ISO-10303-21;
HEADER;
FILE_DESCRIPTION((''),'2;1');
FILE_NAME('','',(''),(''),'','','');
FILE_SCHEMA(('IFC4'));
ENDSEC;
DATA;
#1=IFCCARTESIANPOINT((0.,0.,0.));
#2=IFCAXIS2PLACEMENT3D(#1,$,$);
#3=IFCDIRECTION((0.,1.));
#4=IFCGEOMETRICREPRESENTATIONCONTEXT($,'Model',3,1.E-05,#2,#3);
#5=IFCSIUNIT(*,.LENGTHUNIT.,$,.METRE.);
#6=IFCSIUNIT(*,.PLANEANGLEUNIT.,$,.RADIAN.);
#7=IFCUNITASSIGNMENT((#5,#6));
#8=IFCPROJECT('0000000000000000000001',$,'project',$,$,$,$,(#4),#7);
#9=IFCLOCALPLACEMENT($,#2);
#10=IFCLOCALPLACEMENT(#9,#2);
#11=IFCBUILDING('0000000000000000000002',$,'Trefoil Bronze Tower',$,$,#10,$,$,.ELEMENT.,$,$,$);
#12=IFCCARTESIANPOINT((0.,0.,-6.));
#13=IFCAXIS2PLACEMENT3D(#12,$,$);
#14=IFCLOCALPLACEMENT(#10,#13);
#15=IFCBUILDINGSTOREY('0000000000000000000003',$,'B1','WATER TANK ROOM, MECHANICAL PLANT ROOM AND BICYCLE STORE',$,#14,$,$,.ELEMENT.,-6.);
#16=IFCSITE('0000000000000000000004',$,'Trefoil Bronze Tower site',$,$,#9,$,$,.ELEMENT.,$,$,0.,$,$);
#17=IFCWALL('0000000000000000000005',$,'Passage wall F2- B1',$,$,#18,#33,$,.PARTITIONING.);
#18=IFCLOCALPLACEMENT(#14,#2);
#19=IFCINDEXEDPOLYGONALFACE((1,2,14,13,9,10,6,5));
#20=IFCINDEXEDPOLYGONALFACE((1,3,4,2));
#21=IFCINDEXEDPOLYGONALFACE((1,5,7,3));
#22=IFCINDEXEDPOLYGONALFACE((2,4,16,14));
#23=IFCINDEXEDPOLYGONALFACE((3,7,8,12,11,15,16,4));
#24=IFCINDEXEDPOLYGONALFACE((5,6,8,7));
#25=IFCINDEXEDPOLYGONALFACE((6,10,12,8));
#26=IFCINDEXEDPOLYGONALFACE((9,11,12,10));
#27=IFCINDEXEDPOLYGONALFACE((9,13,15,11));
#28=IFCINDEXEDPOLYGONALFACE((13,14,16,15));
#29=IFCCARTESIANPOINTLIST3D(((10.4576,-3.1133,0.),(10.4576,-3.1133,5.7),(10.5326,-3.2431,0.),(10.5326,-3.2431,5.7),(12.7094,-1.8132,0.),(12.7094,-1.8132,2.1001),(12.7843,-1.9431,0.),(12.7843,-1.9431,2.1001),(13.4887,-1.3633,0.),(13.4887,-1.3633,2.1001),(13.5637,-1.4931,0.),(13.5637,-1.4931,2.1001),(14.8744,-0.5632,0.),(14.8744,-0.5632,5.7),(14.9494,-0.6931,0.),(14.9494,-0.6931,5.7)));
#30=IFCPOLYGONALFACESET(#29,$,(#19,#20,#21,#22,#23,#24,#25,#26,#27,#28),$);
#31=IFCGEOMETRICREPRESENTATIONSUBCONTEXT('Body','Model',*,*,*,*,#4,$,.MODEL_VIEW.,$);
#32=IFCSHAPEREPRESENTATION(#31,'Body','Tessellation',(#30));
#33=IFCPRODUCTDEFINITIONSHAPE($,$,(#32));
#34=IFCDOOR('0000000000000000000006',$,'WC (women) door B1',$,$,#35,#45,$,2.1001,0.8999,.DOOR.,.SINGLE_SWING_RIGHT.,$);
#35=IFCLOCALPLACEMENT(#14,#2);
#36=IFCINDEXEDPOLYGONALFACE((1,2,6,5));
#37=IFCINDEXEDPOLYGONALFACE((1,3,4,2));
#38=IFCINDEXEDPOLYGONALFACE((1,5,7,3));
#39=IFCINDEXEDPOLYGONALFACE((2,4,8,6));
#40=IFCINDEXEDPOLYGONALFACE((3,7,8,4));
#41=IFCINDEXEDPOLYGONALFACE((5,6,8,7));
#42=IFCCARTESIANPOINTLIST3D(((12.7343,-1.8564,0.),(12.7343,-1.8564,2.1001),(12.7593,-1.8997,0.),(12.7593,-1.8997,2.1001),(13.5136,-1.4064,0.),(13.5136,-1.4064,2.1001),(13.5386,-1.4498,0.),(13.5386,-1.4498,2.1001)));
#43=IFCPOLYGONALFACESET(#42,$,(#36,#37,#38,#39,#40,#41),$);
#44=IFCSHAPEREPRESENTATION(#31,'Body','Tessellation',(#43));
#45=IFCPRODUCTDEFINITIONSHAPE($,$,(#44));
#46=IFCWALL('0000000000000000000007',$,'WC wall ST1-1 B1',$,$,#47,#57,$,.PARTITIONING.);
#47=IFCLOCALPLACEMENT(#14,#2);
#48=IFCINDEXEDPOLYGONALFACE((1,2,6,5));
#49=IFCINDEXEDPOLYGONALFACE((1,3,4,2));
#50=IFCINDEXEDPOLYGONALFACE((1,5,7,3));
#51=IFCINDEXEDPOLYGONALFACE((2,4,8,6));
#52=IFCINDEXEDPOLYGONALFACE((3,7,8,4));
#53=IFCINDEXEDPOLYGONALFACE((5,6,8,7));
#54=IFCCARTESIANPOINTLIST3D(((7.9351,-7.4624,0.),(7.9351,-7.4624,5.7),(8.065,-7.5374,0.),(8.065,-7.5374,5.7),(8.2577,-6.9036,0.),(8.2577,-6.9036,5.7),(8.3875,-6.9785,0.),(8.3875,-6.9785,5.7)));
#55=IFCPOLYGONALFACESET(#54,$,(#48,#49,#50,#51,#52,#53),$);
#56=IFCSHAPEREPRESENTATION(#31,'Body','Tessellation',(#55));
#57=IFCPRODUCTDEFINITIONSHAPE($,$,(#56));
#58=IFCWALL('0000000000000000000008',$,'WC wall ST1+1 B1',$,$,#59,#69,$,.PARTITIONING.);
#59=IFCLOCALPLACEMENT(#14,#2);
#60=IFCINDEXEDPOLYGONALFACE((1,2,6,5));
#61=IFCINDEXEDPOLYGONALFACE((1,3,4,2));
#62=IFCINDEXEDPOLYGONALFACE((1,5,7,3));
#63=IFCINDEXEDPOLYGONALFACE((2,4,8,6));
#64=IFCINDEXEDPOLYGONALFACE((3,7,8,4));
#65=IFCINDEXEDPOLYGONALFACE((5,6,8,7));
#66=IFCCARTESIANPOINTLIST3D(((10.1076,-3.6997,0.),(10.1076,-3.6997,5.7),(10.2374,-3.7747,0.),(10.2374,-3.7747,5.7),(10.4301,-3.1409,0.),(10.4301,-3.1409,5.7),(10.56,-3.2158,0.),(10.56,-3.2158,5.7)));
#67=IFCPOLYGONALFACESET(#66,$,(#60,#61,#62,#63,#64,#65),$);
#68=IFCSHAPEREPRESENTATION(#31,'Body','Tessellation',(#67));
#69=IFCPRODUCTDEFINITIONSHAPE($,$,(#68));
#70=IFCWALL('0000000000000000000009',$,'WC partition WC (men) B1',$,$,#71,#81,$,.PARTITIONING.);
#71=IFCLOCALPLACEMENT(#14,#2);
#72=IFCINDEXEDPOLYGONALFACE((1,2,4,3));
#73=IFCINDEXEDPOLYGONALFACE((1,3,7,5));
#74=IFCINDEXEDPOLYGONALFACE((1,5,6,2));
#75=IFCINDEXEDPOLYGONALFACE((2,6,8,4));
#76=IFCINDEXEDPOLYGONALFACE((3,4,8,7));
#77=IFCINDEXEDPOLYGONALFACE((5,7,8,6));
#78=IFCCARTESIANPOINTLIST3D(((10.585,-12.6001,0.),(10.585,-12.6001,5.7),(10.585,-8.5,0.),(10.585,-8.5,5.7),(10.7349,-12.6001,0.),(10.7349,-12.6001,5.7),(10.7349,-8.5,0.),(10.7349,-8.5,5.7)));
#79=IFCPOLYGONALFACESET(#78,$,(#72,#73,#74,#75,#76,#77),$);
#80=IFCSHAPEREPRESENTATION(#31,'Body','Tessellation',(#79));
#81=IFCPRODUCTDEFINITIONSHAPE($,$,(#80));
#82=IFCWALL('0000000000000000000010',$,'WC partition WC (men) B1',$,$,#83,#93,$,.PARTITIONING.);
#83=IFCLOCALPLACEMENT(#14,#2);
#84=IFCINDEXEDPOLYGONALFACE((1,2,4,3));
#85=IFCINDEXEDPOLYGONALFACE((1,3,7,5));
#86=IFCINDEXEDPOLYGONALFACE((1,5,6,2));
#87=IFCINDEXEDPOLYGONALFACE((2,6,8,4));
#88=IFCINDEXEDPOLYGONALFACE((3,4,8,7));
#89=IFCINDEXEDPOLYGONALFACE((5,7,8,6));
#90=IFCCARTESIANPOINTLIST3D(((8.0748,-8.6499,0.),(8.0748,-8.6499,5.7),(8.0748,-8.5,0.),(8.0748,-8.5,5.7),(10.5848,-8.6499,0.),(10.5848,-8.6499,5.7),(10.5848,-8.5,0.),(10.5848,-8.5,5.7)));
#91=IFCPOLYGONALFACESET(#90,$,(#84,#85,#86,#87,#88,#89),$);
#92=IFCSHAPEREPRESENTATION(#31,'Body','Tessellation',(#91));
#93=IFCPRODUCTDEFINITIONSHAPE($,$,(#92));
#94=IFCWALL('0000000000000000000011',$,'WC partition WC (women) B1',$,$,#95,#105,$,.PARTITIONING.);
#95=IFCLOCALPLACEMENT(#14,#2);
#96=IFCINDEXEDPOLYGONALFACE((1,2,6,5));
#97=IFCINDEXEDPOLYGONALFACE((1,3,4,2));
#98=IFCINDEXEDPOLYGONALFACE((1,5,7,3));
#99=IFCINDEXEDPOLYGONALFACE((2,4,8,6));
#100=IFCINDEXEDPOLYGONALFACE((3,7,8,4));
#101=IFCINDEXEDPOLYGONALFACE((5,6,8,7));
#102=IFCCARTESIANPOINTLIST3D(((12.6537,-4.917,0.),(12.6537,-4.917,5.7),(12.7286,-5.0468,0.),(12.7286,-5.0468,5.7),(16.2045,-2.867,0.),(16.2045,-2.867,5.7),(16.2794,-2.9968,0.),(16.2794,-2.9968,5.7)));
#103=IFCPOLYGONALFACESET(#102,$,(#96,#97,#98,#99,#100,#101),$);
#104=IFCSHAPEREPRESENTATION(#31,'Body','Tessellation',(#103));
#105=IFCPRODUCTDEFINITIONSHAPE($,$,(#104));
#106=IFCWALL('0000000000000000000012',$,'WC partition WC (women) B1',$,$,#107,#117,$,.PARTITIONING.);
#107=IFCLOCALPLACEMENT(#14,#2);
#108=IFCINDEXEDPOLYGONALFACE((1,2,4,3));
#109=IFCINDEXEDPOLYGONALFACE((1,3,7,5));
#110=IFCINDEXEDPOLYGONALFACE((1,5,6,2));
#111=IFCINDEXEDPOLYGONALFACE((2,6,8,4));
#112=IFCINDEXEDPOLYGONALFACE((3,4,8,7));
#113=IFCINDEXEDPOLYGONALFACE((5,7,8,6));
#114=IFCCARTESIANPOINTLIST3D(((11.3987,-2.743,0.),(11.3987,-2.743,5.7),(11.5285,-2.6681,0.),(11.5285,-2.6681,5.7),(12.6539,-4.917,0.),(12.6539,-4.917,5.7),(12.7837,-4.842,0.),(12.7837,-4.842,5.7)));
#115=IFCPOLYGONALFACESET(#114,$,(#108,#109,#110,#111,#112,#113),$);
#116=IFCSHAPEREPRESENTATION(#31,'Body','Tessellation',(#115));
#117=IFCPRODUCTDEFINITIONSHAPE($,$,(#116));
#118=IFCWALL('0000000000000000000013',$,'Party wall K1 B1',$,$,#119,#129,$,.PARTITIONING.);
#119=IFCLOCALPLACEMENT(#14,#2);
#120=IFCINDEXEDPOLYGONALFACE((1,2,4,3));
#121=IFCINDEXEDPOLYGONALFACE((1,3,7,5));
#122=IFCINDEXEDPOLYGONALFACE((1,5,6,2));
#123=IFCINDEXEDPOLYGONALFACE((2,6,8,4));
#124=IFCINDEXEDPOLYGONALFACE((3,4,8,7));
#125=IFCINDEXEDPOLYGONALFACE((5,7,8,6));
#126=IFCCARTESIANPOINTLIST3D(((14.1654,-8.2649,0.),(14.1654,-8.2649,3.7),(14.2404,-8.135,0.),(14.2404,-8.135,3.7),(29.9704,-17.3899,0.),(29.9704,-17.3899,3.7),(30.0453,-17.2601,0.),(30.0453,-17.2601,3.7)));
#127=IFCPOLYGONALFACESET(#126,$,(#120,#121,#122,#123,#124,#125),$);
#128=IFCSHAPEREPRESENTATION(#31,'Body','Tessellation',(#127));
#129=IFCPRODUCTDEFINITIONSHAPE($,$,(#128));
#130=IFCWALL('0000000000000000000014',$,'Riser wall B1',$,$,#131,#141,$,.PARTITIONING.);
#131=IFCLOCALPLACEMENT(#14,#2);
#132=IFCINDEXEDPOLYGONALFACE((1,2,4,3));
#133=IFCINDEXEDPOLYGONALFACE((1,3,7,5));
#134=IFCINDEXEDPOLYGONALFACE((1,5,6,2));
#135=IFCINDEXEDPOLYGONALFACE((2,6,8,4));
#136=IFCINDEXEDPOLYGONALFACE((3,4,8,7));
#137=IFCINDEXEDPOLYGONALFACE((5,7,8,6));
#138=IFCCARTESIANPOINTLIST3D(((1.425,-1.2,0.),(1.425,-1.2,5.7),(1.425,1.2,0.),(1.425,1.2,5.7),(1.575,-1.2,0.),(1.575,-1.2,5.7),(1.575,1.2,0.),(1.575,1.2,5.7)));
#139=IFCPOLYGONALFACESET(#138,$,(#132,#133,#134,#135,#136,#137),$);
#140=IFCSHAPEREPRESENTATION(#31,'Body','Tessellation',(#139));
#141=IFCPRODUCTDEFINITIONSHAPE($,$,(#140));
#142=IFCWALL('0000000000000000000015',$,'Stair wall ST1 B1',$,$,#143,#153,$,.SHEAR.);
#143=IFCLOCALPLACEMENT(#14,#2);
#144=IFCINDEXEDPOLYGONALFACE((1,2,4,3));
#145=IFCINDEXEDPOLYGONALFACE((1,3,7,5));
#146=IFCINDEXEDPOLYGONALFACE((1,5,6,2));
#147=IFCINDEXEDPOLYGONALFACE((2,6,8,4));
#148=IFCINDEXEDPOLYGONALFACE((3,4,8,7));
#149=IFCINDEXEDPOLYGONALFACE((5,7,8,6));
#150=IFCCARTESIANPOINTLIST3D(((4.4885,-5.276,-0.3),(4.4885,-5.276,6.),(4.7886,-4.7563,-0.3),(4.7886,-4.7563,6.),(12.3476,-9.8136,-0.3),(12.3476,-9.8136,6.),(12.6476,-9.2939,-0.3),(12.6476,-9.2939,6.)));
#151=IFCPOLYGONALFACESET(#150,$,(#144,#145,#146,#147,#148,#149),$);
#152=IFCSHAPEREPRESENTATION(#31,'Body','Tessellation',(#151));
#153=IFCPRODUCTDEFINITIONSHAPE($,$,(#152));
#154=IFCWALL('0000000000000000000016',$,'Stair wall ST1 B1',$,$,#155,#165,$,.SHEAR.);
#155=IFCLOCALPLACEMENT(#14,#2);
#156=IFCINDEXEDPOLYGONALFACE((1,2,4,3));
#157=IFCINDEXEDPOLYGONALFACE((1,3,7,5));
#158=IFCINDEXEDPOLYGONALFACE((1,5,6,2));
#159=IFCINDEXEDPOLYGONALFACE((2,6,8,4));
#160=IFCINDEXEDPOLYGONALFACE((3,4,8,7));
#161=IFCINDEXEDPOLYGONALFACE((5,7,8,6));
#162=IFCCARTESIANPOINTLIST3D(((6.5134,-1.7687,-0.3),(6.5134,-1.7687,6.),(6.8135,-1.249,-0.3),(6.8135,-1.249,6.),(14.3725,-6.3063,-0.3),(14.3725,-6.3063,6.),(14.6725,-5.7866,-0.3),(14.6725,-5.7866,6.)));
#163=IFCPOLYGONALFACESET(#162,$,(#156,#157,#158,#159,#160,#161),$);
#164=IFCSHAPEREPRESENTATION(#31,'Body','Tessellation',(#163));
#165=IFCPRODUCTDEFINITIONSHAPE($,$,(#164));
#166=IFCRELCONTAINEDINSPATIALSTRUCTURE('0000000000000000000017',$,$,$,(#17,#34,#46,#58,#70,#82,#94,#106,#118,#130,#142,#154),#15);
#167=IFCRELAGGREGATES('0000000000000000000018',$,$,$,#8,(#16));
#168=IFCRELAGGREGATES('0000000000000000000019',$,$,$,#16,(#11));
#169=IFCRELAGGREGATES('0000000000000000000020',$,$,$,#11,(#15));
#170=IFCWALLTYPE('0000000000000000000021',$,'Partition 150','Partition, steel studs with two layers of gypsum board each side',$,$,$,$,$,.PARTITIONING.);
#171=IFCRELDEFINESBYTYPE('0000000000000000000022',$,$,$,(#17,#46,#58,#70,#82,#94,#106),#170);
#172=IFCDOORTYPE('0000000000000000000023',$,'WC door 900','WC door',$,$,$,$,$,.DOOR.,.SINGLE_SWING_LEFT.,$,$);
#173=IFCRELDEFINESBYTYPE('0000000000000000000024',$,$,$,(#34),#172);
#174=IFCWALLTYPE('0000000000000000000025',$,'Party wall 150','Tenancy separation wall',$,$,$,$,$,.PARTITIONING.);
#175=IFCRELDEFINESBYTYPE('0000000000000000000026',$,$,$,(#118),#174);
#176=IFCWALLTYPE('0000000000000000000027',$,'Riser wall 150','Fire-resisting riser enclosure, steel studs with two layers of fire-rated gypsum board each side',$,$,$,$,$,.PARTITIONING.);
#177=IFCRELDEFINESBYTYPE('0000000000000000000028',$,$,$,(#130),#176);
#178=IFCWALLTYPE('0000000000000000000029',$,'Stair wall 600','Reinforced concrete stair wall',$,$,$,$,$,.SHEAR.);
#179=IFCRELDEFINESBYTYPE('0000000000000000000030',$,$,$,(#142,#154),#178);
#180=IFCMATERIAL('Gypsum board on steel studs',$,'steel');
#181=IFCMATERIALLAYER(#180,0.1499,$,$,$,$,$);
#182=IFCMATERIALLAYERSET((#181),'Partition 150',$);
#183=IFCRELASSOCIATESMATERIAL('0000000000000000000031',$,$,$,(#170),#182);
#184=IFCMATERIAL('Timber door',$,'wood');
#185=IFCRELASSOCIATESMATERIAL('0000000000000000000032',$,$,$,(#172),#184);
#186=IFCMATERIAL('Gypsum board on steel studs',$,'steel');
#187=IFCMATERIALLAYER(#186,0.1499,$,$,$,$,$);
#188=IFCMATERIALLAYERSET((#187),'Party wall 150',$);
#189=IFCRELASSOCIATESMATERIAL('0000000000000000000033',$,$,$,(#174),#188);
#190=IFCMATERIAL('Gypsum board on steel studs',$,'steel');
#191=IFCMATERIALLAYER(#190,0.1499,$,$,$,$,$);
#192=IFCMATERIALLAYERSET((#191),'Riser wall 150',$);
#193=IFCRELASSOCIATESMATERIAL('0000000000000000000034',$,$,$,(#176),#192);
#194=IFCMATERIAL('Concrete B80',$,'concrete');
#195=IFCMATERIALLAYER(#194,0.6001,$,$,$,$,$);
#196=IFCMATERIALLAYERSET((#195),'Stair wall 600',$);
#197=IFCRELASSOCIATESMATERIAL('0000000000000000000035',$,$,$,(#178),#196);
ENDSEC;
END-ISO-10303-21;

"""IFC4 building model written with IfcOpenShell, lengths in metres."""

from ifc_helpers import new_model, si_unit, direction, frame, frame_2d, origin, place, context, subcontext, project, spatial, rectangle, extrude, material, layer, layer_set, type_object, element, fill, save


model = new_model("IFC4")

# Units and contexts
model_context = context("Model", 3, precision=1e-05, world=origin(), true_north=direction((0.0, 1.0)))
body_context = subcontext(model_context, "Body", "Model", "MODEL_VIEW")
ifc_project = project(units=[si_unit("LENGTHUNIT", "METRE"), si_unit("PLANEANGLEUNIT", "RADIAN")], contexts=[model_context])

# Site, building, storey
site_placement = place(None, origin())
site = spatial("IfcSite", under=ifc_project, at=site_placement, Name="Trefoil Bronze Tower site", CompositionType="ELEMENT", RefElevation=0.0)
building_placement = place(site_placement, origin())
building = spatial("IfcBuilding", under=site, at=building_placement, Name="Trefoil Bronze Tower", CompositionType="ELEMENT")
storey_placement = place(building_placement, frame((0.0, 0.0, -6.0)))
storey = spatial("IfcBuildingStorey", under=building, at=storey_placement, Name="B1", Description="WATER TANK ROOM, MECHANICAL PLANT ROOM AND BICYCLE STORE", CompositionType="ELEMENT", Elevation=-6.0)

# Wall, opening, door
ifc_material_1 = material(Name="Gypsum board on steel studs", Category="steel")
ifc_layer_1 = layer(ifc_material_1, 0.1499)
ifc_layer_set_1 = layer_set([ifc_layer_1], Name="Partition 150")
wall_type_1 = type_object("IfcWallType", Name="Partition 150", Description="Partition, steel studs with two layers of gypsum board each side", PredefinedType="PARTITIONING", material=ifc_layer_set_1)
ifc_material_2 = material(Name="Timber door", Category="wood")
door_type_1 = type_object("IfcDoorType", Name="WC door 900", Description="WC door", OperationType="SINGLE_SWING_LEFT", PredefinedType="DOOR", material=ifc_material_2)
wall_1_placement = place(storey_placement, frame((10.4951, -3.1782, 0.0), z_axis=(0.0, 0.0, 1.0), x_axis=(0.866022, 0.500006, 0.0)))
wall_1 = element("IfcWall", 1, at=wall_1_placement, inside=storey, type_object=wall_type_1, Name="Passage wall F2- B1", PredefinedType="PARTITIONING", context=body_context, shape_type="SweptSolid", body=[
    extrude(rectangle(XDim=5.1001, YDim=0.1499, at=frame_2d((2.55, 0.0))), origin(), (0.0, 0.0, 1.0), 5.7),
])
opening_1_placement = place(wall_1_placement, frame((2.6001, 0.0, 0.0)))
opening_1 = element("IfcOpeningElement", 2, at=opening_1_placement, cuts=wall_1, PredefinedType="OPENING", context=body_context, shape_type="SweptSolid", body=[
    extrude(rectangle(XDim=0.8999, YDim=2.1001, at=frame_2d((0.45, 1.05))), frame((0.0, 0.085, 0.0), z_axis=(0.0, -1.0, 0.0), x_axis=(1.0, 0.0, 0.0)), (0.0, 0.0, 1.0), 0.1699),
])
door_1_placement = place(opening_1_placement, frame((0.8999, 0.0, 0.0), z_axis=(0.0, 0.0, 1.0), x_axis=(-1.0, 0.0, 0.0)))
door_1 = element("IfcDoor", 3, at=door_1_placement, inside=storey, type_object=door_type_1, Name="WC (women) door B1", OperationType="SINGLE_SWING_RIGHT", OverallHeight=2.1001, OverallWidth=0.8999, PredefinedType="DOOR", context=body_context, shape_type="SweptSolid", body=[
    extrude(rectangle(XDim=0.8999, YDim=2.1001, at=frame_2d((0.45, 1.05))), frame((0.0, 0.0249, 0.0), z_axis=(0.0, -1.0, 0.0), x_axis=(1.0, 0.0, 0.0)), (0.0, 0.0, 1.0), 0.05),
])
fill(opening_1, door_1)

# Walls
for number, where, z_axis, x_axis, name in (
    (4, (8.0, -7.5, 0.0), (0.0, 0.0, 1.0), (0.499843, 0.866116, 0.0), "WC wall ST1-1 B1"),
    (5, (10.4951, -3.1782, 0.0), (0.0, 0.0, 1.0), (-0.499843, -0.866116, 0.0), "WC wall ST1+1 B1"),
):
    element("IfcWall", number, at=place(storey_placement, frame(where, z_axis=z_axis, x_axis=x_axis)), inside=storey, type_object=wall_type_1, Name=name, PredefinedType="PARTITIONING", context=body_context, shape_type="SweptSolid", body=[
        extrude(rectangle(XDim=0.6453, YDim=0.1499, at=frame_2d((0.3228, 0.0))), origin(), (0.0, 0.0, 1.0), 5.7),
    ])
wall_2_placement = place(storey_placement, frame((10.6599, -8.5, 0.0), z_axis=(0.0, 0.0, 1.0), x_axis=(0.0, -1.0, 0.0)))
element("IfcWall", 6, at=wall_2_placement, inside=storey, type_object=wall_type_1, Name="WC partition WC (men) B1", PredefinedType="PARTITIONING", context=body_context, shape_type="SweptSolid", body=[
    extrude(rectangle(XDim=4.1001, YDim=0.1499, at=frame_2d((2.05, 0.0))), origin(), (0.0, 0.0, 1.0), 5.7),
])
wall_3_placement = place(storey_placement, frame((8.075, -8.575, 0.0), z_axis=(0.0, 0.0, 1.0), x_axis=(1.0, 0.0, 0.0)))
element("IfcWall", 7, at=wall_3_placement, inside=storey, type_object=wall_type_1, Name="WC partition WC (men) B1", PredefinedType="PARTITIONING", context=body_context, shape_type="SweptSolid", body=[
    extrude(rectangle(XDim=2.51, YDim=0.1499, at=frame_2d((1.2549, 0.0))), origin(), (0.0, 0.0, 1.0), 5.7),
])
wall_4_placement = place(storey_placement, frame((12.6912, -4.9819, 0.0), z_axis=(0.0, 0.0, 1.0), x_axis=(0.866025, 0.500001, 0.0)))
element("IfcWall", 8, at=wall_4_placement, inside=storey, type_object=wall_type_1, Name="WC partition WC (women) B1", PredefinedType="PARTITIONING", context=body_context, shape_type="SweptSolid", body=[
    extrude(rectangle(XDim=4.1001, YDim=0.1499, at=frame_2d((2.05, 0.0))), origin(), (0.0, 0.0, 1.0), 5.7),
])
wall_5_placement = place(storey_placement, frame((11.4636, -2.7056, 0.0), z_axis=(0.0, 0.0, 1.0), x_axis=(0.50002, -0.866014, 0.0)))
element("IfcWall", 9, at=wall_5_placement, inside=storey, type_object=wall_type_1, Name="WC partition WC (women) B1", PredefinedType="PARTITIONING", context=body_context, shape_type="SweptSolid", body=[
    extrude(rectangle(XDim=2.5103, YDim=0.1499, at=frame_2d((1.2551, 0.0))), origin(), (0.0, 0.0, 1.0), 5.7),
])
ifc_material_3 = material(Name="Gypsum board on steel studs", Category="steel")
ifc_layer_2 = layer(ifc_material_3, 0.1499)
ifc_layer_set_2 = layer_set([ifc_layer_2], Name="Party wall 150")
wall_type_2 = type_object("IfcWallType", Name="Party wall 150", Description="Tenancy separation wall", PredefinedType="PARTITIONING", material=ifc_layer_set_2)
wall_6_placement = place(storey_placement, frame((14.2029, -8.2, 0.0), z_axis=(0.0, 0.0, 1.0), x_axis=(0.866025, -0.500001, 0.0)))
element("IfcWall", 10, at=wall_6_placement, inside=storey, type_object=wall_type_2, Name="Party wall K1 B1", PredefinedType="PARTITIONING", context=body_context, shape_type="SweptSolid", body=[
    extrude(rectangle(XDim=18.25, YDim=0.1499, at=frame_2d((9.125, 0.0))), origin(), (0.0, 0.0, 1.0), 3.7),
])
ifc_material_4 = material(Name="Gypsum board on steel studs", Category="steel")
ifc_layer_3 = layer(ifc_material_4, 0.1499)
ifc_layer_set_3 = layer_set([ifc_layer_3], Name="Riser wall 150")
wall_type_3 = type_object("IfcWallType", Name="Riser wall 150", Description="Fire-resisting riser enclosure, steel studs with two layers of fire-rated gypsum board each side", PredefinedType="PARTITIONING", material=ifc_layer_set_3)
wall_7_placement = place(storey_placement, frame((1.5, -1.2, 0.0), z_axis=(0.0, 0.0, 1.0), x_axis=(0.0, 1.0, 0.0)))
element("IfcWall", 11, at=wall_7_placement, inside=storey, type_object=wall_type_3, Name="Riser wall B1", PredefinedType="PARTITIONING", context=body_context, shape_type="SweptSolid", body=[
    extrude(rectangle(XDim=2.3999, YDim=0.1499, at=frame_2d((1.2, 0.0))), origin(), (0.0, 0.0, 1.0), 5.7),
])
ifc_material_5 = material(Name="Concrete B80", Category="concrete")
ifc_layer_4 = layer(ifc_material_5, 0.6001)
ifc_layer_set_4 = layer_set([ifc_layer_4], Name="Stair wall 600")
wall_type_4 = type_object("IfcWallType", Name="Stair wall 600", Description="Reinforced concrete stair wall", PredefinedType="SHEAR", material=ifc_layer_set_4)
for number, where, z_axis, x_axis, name in (
    (12, (4.6384, -5.0161, -0.3), (0.0, 0.0, 1.0), (0.866019, -0.50001, 0.0), "Stair wall ST1 B1"),
    (13, (6.6633, -1.5088, -0.3), (0.0, 0.0, 1.0), (0.866019, -0.50001, 0.0), "Stair wall ST1 B1"),
):
    element("IfcWall", number, at=place(storey_placement, frame(where, z_axis=z_axis, x_axis=x_axis)), inside=storey, type_object=wall_type_4, Name=name, PredefinedType="SHEAR", context=body_context, shape_type="SweptSolid", body=[
        extrude(rectangle(XDim=9.075, YDim=0.6001, at=frame_2d((4.5376, 0.0))), origin(), (0.0, 0.0, 1.0), 6.3),
    ])

save(model, "model.ifc")
